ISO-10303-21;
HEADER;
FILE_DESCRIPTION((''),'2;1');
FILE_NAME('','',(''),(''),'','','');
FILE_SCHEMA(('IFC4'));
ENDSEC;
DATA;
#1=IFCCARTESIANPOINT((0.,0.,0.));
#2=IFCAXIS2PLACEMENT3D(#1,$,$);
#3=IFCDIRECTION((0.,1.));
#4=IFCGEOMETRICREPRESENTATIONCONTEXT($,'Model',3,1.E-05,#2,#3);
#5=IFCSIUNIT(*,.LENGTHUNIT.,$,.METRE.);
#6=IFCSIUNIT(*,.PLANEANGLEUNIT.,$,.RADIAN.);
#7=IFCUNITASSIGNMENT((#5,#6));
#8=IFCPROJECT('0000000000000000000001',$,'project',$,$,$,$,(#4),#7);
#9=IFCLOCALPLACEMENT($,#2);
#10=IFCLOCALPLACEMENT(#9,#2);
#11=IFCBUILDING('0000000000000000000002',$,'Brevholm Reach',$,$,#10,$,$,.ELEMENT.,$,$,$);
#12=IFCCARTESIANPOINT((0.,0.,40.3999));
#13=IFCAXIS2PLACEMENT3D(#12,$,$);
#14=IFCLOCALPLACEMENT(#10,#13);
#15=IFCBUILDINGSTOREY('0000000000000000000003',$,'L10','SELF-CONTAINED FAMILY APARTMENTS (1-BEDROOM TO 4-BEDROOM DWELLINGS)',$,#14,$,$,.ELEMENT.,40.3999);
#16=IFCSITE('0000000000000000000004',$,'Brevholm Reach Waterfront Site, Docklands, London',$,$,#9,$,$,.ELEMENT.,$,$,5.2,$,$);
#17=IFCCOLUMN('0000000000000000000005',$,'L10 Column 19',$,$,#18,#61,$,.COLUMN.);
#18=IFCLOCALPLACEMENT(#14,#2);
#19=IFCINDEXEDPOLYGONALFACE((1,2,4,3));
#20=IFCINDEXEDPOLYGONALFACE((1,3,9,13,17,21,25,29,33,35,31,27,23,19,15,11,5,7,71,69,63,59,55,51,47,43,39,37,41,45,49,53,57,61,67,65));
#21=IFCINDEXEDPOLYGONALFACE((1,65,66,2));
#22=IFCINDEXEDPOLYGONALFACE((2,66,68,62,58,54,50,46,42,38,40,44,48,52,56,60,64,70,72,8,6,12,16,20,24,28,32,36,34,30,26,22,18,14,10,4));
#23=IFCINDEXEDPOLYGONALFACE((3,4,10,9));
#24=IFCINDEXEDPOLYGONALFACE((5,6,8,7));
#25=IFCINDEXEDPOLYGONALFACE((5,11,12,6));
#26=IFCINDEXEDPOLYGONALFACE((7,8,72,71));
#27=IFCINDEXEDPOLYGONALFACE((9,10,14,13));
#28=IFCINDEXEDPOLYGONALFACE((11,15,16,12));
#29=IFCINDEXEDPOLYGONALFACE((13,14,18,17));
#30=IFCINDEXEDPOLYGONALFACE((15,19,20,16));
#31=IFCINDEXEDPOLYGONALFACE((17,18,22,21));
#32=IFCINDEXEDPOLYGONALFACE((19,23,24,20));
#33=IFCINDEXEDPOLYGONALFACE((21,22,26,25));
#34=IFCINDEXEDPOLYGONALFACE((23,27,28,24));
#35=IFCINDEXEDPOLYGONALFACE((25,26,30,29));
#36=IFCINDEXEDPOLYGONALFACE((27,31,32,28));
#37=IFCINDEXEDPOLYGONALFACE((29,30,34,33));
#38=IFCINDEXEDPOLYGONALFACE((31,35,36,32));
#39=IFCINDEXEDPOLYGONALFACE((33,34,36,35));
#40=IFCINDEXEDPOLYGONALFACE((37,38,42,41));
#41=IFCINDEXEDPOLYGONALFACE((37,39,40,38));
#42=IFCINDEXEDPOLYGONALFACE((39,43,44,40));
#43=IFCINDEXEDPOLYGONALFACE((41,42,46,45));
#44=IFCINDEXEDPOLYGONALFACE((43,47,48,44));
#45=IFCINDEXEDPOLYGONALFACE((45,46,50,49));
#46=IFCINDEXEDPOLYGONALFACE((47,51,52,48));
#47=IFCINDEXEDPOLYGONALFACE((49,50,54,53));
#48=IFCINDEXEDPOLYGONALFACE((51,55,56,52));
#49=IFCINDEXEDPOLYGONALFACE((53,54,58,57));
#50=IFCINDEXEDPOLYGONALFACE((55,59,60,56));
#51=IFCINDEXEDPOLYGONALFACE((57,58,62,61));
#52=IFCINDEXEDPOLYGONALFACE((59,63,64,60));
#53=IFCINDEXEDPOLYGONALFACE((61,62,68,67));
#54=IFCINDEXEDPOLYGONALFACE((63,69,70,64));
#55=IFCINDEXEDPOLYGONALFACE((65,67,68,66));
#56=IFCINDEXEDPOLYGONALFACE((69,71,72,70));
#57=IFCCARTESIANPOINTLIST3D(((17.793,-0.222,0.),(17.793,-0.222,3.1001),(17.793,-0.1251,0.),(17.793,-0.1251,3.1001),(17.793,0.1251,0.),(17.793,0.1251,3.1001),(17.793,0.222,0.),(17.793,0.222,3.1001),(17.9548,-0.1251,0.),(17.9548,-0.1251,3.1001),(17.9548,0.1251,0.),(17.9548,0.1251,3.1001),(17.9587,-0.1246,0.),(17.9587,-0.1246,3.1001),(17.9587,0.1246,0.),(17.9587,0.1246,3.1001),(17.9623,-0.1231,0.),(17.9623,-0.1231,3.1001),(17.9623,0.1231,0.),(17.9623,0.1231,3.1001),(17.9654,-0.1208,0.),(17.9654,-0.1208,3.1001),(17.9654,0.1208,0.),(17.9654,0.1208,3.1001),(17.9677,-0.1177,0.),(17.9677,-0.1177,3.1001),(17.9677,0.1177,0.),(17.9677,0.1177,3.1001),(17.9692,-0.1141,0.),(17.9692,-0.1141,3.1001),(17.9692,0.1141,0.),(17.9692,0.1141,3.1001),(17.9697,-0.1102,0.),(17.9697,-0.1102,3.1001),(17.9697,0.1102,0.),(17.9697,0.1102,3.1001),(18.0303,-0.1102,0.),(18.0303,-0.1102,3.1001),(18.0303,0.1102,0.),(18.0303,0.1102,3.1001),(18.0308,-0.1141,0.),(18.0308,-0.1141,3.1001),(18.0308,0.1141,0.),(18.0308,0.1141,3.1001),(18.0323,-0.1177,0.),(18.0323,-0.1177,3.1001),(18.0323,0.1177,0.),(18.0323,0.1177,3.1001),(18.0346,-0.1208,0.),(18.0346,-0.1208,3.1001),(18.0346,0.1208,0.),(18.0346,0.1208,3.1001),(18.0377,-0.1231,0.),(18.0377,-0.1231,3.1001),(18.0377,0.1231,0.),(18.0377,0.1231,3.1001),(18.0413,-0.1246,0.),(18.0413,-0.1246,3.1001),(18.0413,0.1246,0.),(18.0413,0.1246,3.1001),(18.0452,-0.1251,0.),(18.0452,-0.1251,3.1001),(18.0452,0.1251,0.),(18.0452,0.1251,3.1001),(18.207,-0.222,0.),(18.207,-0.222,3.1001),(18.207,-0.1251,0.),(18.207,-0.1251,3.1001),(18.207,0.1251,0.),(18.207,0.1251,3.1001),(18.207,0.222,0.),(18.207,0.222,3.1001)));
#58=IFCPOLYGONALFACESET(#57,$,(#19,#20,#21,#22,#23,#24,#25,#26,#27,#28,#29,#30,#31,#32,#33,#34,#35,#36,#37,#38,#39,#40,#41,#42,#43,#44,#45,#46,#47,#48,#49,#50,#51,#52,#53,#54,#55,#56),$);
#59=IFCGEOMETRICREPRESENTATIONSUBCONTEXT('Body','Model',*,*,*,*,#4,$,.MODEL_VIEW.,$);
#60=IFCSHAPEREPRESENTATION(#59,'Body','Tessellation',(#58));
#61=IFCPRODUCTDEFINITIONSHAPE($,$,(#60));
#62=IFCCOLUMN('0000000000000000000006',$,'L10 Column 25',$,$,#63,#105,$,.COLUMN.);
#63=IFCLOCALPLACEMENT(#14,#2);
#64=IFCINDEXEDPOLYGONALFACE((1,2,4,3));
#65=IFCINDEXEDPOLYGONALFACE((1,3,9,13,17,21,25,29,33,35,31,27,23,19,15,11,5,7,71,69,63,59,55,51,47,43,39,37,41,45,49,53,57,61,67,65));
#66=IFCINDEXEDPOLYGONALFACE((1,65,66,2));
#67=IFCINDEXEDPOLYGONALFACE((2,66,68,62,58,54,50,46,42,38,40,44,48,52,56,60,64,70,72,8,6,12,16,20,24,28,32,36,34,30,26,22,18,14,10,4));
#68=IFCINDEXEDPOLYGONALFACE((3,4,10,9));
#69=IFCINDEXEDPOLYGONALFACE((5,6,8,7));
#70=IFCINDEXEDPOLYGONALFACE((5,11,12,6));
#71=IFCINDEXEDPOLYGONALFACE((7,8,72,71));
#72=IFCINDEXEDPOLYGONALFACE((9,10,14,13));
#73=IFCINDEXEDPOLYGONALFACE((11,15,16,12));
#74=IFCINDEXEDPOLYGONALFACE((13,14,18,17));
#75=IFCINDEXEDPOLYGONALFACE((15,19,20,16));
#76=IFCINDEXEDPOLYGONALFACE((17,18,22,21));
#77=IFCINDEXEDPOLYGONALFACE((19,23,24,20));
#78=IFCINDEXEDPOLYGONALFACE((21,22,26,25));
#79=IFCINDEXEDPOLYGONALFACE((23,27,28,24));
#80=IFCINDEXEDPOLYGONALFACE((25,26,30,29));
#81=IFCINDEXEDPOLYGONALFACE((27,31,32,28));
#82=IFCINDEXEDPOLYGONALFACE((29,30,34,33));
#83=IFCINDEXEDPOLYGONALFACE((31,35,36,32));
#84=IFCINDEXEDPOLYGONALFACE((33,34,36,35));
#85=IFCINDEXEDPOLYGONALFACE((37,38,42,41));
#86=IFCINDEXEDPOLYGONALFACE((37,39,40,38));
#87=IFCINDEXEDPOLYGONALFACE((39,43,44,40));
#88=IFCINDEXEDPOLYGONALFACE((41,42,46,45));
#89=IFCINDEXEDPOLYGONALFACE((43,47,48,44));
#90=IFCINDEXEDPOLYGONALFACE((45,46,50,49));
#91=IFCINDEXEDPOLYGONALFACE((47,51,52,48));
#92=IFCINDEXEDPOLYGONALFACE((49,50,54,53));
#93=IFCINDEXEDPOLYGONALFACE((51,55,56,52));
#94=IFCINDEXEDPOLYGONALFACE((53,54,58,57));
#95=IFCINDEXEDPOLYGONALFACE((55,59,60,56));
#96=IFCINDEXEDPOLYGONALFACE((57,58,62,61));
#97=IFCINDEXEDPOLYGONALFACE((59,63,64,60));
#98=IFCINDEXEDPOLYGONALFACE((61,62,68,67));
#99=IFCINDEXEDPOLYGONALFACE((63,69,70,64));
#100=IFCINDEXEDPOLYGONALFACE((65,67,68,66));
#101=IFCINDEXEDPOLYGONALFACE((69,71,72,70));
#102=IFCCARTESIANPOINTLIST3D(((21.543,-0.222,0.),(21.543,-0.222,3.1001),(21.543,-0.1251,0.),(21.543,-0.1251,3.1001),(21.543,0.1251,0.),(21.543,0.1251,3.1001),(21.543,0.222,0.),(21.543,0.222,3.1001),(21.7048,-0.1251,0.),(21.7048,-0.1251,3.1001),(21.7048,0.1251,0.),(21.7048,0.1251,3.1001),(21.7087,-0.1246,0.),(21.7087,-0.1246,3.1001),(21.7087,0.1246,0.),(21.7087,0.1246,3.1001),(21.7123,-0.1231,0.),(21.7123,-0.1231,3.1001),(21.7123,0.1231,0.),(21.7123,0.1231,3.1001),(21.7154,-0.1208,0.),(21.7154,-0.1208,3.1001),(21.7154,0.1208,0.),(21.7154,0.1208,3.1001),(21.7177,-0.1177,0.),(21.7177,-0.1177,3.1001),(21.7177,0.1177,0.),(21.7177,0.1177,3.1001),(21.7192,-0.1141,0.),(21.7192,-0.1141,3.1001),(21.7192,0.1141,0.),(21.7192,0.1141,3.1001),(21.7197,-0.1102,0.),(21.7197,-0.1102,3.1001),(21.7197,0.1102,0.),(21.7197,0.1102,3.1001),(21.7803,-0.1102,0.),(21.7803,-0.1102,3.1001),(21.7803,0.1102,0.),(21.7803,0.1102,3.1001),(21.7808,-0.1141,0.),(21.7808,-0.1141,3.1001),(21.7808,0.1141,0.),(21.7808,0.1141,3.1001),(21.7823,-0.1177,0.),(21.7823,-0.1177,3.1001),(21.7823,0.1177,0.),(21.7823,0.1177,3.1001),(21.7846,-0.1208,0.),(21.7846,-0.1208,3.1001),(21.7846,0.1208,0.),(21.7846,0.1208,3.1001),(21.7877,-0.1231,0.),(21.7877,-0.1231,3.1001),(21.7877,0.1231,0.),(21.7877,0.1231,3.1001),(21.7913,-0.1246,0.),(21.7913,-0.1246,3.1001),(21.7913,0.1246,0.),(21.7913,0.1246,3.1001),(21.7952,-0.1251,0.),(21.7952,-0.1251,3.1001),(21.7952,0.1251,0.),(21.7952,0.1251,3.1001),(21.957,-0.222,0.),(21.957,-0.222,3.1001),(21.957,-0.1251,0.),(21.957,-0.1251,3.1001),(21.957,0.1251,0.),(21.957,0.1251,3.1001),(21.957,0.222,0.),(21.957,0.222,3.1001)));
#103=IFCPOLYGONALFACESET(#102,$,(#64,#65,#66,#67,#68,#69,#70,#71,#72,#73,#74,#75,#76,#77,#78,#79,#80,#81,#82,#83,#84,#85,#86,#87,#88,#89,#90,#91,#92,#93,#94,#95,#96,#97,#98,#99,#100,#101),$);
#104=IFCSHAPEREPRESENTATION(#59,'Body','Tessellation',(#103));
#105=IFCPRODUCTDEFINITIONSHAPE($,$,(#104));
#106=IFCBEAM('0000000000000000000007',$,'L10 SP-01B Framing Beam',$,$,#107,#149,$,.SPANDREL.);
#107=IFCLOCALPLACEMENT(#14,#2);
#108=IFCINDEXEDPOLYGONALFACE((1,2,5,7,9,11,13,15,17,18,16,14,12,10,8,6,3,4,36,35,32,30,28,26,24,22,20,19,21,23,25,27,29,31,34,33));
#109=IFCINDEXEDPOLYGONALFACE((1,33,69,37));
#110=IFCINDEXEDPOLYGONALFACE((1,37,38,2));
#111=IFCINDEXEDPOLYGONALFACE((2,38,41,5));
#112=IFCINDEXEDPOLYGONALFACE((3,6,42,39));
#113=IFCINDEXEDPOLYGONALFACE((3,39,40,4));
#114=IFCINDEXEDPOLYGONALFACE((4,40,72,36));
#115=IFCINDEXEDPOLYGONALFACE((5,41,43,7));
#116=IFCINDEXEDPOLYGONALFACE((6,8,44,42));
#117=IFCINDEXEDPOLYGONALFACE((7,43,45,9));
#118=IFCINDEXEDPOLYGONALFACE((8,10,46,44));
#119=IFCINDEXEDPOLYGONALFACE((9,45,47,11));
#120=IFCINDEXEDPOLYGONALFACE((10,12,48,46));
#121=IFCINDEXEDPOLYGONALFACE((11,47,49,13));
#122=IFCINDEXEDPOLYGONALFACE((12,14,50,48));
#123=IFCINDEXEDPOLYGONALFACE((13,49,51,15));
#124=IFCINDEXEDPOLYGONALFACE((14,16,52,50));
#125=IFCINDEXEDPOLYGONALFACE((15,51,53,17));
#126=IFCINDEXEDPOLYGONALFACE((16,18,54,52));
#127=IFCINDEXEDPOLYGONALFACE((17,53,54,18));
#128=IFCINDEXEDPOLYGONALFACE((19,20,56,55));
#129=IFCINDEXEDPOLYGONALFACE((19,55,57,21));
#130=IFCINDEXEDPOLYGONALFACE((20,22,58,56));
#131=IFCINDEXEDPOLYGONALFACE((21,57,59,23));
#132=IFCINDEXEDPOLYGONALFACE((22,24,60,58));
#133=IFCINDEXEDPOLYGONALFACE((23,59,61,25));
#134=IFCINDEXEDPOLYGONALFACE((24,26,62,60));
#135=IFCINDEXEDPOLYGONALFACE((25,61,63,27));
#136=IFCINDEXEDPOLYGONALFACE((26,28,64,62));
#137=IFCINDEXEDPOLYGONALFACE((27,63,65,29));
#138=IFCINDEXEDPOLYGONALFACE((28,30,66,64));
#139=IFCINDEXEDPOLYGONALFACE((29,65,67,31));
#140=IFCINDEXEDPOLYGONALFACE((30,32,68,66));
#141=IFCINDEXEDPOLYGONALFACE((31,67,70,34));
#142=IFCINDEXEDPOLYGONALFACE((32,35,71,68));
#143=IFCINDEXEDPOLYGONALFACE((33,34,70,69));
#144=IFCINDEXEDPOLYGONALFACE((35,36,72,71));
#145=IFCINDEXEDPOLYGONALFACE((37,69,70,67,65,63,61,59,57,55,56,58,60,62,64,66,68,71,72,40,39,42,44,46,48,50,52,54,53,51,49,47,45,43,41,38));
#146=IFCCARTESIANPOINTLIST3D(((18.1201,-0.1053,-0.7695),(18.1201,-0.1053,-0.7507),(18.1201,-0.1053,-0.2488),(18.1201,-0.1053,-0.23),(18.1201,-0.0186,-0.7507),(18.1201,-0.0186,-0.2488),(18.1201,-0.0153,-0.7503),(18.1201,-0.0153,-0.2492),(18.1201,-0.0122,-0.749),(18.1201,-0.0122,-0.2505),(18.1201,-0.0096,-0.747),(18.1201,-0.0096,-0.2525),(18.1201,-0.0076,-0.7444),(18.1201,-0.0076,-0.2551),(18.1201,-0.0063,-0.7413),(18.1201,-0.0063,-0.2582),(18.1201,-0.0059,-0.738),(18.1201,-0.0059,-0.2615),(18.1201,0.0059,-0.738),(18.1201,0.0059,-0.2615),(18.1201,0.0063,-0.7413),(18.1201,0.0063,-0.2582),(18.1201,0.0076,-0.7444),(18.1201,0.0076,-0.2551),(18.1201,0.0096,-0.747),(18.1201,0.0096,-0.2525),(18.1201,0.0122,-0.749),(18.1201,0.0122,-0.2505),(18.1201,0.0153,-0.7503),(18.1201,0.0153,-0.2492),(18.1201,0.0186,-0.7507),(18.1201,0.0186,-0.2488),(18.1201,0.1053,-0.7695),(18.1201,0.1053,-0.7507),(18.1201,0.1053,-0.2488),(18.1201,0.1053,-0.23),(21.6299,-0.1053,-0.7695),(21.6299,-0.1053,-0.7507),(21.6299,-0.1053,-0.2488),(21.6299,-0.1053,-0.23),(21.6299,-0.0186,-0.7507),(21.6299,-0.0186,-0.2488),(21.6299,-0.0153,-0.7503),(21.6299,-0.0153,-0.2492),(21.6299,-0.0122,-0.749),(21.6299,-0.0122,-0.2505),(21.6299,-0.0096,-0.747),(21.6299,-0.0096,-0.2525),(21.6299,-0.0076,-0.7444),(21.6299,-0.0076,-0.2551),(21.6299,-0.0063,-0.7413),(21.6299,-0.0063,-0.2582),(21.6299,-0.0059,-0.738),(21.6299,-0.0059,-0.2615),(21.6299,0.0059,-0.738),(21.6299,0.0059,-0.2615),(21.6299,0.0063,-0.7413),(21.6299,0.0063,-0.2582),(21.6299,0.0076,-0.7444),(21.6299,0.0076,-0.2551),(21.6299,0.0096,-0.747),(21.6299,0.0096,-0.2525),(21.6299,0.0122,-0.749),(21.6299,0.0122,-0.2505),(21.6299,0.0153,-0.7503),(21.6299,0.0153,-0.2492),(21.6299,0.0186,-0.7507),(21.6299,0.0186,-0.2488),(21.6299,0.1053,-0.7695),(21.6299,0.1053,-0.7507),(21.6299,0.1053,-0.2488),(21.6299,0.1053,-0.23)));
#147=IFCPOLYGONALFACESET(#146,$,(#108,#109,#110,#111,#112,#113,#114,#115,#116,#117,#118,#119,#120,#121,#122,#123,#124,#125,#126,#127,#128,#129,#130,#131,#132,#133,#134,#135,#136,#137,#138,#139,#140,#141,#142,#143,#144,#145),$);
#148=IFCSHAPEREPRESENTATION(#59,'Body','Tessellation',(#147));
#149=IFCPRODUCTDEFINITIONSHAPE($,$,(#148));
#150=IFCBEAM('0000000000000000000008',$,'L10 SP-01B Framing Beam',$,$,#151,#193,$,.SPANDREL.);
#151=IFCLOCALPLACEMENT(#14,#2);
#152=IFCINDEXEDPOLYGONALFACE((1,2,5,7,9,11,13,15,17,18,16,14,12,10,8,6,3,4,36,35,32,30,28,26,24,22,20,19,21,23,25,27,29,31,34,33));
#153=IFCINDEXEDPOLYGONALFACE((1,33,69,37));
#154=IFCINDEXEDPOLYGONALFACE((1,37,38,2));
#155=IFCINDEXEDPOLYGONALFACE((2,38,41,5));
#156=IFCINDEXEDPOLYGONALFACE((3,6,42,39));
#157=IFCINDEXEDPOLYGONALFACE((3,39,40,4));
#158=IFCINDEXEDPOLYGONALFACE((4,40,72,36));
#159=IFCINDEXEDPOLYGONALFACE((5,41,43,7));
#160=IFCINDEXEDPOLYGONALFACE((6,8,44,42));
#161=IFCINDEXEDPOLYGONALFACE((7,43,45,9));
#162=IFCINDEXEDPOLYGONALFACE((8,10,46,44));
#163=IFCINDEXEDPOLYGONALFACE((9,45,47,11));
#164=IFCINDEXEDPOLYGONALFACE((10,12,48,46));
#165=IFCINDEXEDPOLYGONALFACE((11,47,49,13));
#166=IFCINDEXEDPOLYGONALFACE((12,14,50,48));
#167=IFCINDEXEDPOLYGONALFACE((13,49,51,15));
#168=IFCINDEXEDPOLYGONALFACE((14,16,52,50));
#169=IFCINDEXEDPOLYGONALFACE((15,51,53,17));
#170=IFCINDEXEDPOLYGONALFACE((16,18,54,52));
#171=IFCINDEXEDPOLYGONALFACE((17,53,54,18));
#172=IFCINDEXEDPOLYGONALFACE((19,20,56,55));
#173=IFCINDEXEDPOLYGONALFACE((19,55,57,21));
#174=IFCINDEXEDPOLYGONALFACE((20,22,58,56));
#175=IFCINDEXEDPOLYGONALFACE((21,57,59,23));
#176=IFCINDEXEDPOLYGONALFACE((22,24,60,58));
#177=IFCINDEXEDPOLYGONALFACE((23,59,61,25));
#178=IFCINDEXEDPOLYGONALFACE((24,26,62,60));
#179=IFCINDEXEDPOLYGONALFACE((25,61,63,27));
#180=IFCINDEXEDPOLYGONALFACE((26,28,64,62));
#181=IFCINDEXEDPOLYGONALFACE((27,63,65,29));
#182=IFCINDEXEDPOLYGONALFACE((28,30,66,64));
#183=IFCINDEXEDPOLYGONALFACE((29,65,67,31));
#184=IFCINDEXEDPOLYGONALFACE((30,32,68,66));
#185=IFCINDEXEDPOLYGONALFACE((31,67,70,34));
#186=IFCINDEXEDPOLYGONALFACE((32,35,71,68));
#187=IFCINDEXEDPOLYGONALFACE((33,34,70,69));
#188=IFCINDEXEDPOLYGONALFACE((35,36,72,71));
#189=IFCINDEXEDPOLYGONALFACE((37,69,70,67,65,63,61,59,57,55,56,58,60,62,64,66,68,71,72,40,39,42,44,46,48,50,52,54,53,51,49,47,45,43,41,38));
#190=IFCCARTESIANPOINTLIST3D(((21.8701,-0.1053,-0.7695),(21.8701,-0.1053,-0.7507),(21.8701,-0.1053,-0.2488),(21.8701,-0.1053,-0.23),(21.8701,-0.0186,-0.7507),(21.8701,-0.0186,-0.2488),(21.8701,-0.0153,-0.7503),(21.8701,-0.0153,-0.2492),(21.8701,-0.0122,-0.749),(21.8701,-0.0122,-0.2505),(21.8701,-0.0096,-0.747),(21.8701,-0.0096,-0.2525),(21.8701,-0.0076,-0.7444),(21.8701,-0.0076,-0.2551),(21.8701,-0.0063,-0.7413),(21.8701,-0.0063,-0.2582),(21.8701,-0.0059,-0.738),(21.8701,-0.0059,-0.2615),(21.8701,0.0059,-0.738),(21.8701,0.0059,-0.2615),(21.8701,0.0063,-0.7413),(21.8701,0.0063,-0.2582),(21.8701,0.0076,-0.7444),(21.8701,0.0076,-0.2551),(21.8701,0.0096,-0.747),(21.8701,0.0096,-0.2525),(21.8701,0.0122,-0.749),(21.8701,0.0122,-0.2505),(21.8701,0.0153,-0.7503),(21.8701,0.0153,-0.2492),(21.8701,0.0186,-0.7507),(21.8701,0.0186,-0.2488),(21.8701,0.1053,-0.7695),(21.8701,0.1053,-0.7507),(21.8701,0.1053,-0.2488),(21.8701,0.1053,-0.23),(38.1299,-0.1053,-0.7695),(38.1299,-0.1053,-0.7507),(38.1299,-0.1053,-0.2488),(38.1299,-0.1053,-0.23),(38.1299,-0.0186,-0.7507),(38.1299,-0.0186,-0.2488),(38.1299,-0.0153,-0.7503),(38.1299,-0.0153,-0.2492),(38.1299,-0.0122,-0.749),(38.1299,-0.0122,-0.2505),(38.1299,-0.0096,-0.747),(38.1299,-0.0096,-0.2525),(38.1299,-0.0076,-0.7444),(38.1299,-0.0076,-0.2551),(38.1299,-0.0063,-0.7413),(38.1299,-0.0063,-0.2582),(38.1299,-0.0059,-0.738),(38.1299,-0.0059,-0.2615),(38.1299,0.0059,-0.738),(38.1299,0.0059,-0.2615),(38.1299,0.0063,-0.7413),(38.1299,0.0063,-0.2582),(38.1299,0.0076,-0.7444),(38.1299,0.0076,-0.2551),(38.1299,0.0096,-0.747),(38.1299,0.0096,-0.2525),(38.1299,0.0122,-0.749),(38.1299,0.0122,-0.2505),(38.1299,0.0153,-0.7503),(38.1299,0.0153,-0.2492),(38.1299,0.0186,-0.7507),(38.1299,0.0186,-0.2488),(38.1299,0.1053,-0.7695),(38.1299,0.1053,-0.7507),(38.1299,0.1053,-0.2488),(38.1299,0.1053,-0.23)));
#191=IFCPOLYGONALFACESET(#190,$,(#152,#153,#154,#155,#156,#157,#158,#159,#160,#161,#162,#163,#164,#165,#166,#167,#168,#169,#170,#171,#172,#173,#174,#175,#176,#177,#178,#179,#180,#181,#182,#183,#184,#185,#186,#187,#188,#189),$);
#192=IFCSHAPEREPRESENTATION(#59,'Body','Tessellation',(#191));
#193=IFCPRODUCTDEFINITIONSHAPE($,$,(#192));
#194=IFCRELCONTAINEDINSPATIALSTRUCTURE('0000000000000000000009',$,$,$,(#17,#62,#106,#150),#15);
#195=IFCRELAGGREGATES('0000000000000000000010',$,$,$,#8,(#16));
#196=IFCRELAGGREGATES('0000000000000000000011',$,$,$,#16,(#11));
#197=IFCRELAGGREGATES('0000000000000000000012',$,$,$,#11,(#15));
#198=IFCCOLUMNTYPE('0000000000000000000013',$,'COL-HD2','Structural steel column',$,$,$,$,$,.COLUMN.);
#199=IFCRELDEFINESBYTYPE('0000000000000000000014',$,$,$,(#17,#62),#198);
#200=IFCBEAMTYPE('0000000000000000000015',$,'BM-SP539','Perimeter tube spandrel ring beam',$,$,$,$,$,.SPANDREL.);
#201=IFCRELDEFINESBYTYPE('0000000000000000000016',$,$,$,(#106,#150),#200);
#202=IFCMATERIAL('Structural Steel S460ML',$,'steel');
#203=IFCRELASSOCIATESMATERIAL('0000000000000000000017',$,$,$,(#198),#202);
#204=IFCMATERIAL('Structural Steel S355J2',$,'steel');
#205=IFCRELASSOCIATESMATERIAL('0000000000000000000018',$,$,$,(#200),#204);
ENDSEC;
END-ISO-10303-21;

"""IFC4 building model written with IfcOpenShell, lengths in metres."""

from ifc_helpers import new_model, si_unit, direction, frame, origin, origin_2d, place, context, subcontext, project, spatial, i_section, extrude, material, material_profile, profile_set, type_object, element, save


model = new_model("IFC4")

# Units and contexts
model_context = context("Model", 3, precision=1e-05, world=origin(), true_north=direction((0.0, 1.0)))
body_context = subcontext(model_context, "Body", "Model", "MODEL_VIEW")
ifc_project = project(units=[si_unit("LENGTHUNIT", "METRE"), si_unit("PLANEANGLEUNIT", "RADIAN")], contexts=[model_context])

# Site, building, storey
site_placement = place(None, origin())
site = spatial("IfcSite", under=ifc_project, at=site_placement, Name="Brevholm Reach Waterfront Site, Docklands, London", CompositionType="ELEMENT", RefElevation=5.2)
building_placement = place(site_placement, origin())
building = spatial("IfcBuilding", under=site, at=building_placement, Name="Brevholm Reach", CompositionType="ELEMENT")
storey_placement = place(building_placement, frame((0.0, 0.0, 40.3999)))
storey = spatial("IfcBuildingStorey", under=building, at=storey_placement, Name="L10", Description="SELF-CONTAINED FAMILY APARTMENTS (1-BEDROOM TO 4-BEDROOM DWELLINGS)", CompositionType="ELEMENT", Elevation=40.3999)

# Columns
ifc_material_1 = material(Name="Structural Steel S460ML", Category="steel")
ifc_material_profile_1 = material_profile(ifc_material_1, i_section(OverallWidth=0.4141, OverallDepth=0.4441, WebThickness=0.0605, FlangeThickness=0.0969, FilletRadius=0.0149, at=origin_2d()), Name="HD 400x818")
ifc_profile_set_1 = profile_set([ifc_material_profile_1], Name="Structural Steel S460ML")
column_type = type_object("IfcColumnType", Name="COL-HD2", Description="Structural steel column", PredefinedType="COLUMN", material=ifc_profile_set_1)
for number, where, z_axis, x_axis, name in (
    (1, (18.0, 0.0, 0.0), (0.0, 0.0, 1.0), (1.0, 0.0, 0.0), "L10 Column 19"),
    (2, (21.75, 0.0, 0.0), (0.0, 0.0, 1.0), (1.0, 0.0, 0.0), "L10 Column 25"),
):
    element("IfcColumn", number, at=place(storey_placement, frame(where, z_axis=z_axis, x_axis=x_axis)), inside=storey, type_object=column_type, Name=name, PredefinedType="COLUMN", context=body_context, shape_type="SweptSolid", body=[
        extrude(i_section(OverallWidth=0.4141, OverallDepth=0.4441, WebThickness=0.0605, FlangeThickness=0.0969, FilletRadius=0.0149, at=origin_2d()), origin(), (0.0, 0.0, 1.0), 3.1001),
    ])

# Beams
ifc_material_2 = material(Name="Structural Steel S355J2", Category="steel")
ifc_material_profile_2 = material_profile(ifc_material_2, i_section(OverallWidth=0.2107, OverallDepth=0.5396, WebThickness=0.0117, FlangeThickness=0.0188, FilletRadius=0.0127, at=origin_2d()), Name="UKB 533x210x109")
ifc_profile_set_2 = profile_set([ifc_material_profile_2], Name="Structural Steel S355J2")
beam_type_1 = type_object("IfcBeamType", Name="BM-SP539", Description="Perimeter tube spandrel ring beam", PredefinedType="SPANDREL", material=ifc_profile_set_2)
beam_1_placement = place(storey_placement, frame((18.1201, 0.0, -0.4998), z_axis=(1.0, 0.0, 0.0), x_axis=(0.0, 1.0, 0.0)))
element("IfcBeam", 3, at=beam_1_placement, inside=storey, type_object=beam_type_1, Name="L10 SP-01B Framing Beam", PredefinedType="SPANDREL", context=body_context, shape_type="SweptSolid", body=[
    extrude(i_section(OverallWidth=0.2107, OverallDepth=0.5396, WebThickness=0.0117, FlangeThickness=0.0188, FilletRadius=0.0127, at=origin_2d()), origin(), (0.0, 0.0, 1.0), 3.5098),
])
beam_2_placement = place(storey_placement, frame((21.8701, 0.0, -0.4998), z_axis=(1.0, 0.0, 0.0), x_axis=(0.0, 1.0, 0.0)))
element("IfcBeam", 4, at=beam_2_placement, inside=storey, type_object=beam_type_1, Name="L10 SP-01B Framing Beam", PredefinedType="SPANDREL", context=body_context, shape_type="SweptSolid", body=[
    extrude(i_section(OverallWidth=0.2107, OverallDepth=0.5396, WebThickness=0.0117, FlangeThickness=0.0188, FilletRadius=0.0127, at=origin_2d()), origin(), (0.0, 0.0, 1.0), 16.2598),
])

save(model, "model.ifc")
